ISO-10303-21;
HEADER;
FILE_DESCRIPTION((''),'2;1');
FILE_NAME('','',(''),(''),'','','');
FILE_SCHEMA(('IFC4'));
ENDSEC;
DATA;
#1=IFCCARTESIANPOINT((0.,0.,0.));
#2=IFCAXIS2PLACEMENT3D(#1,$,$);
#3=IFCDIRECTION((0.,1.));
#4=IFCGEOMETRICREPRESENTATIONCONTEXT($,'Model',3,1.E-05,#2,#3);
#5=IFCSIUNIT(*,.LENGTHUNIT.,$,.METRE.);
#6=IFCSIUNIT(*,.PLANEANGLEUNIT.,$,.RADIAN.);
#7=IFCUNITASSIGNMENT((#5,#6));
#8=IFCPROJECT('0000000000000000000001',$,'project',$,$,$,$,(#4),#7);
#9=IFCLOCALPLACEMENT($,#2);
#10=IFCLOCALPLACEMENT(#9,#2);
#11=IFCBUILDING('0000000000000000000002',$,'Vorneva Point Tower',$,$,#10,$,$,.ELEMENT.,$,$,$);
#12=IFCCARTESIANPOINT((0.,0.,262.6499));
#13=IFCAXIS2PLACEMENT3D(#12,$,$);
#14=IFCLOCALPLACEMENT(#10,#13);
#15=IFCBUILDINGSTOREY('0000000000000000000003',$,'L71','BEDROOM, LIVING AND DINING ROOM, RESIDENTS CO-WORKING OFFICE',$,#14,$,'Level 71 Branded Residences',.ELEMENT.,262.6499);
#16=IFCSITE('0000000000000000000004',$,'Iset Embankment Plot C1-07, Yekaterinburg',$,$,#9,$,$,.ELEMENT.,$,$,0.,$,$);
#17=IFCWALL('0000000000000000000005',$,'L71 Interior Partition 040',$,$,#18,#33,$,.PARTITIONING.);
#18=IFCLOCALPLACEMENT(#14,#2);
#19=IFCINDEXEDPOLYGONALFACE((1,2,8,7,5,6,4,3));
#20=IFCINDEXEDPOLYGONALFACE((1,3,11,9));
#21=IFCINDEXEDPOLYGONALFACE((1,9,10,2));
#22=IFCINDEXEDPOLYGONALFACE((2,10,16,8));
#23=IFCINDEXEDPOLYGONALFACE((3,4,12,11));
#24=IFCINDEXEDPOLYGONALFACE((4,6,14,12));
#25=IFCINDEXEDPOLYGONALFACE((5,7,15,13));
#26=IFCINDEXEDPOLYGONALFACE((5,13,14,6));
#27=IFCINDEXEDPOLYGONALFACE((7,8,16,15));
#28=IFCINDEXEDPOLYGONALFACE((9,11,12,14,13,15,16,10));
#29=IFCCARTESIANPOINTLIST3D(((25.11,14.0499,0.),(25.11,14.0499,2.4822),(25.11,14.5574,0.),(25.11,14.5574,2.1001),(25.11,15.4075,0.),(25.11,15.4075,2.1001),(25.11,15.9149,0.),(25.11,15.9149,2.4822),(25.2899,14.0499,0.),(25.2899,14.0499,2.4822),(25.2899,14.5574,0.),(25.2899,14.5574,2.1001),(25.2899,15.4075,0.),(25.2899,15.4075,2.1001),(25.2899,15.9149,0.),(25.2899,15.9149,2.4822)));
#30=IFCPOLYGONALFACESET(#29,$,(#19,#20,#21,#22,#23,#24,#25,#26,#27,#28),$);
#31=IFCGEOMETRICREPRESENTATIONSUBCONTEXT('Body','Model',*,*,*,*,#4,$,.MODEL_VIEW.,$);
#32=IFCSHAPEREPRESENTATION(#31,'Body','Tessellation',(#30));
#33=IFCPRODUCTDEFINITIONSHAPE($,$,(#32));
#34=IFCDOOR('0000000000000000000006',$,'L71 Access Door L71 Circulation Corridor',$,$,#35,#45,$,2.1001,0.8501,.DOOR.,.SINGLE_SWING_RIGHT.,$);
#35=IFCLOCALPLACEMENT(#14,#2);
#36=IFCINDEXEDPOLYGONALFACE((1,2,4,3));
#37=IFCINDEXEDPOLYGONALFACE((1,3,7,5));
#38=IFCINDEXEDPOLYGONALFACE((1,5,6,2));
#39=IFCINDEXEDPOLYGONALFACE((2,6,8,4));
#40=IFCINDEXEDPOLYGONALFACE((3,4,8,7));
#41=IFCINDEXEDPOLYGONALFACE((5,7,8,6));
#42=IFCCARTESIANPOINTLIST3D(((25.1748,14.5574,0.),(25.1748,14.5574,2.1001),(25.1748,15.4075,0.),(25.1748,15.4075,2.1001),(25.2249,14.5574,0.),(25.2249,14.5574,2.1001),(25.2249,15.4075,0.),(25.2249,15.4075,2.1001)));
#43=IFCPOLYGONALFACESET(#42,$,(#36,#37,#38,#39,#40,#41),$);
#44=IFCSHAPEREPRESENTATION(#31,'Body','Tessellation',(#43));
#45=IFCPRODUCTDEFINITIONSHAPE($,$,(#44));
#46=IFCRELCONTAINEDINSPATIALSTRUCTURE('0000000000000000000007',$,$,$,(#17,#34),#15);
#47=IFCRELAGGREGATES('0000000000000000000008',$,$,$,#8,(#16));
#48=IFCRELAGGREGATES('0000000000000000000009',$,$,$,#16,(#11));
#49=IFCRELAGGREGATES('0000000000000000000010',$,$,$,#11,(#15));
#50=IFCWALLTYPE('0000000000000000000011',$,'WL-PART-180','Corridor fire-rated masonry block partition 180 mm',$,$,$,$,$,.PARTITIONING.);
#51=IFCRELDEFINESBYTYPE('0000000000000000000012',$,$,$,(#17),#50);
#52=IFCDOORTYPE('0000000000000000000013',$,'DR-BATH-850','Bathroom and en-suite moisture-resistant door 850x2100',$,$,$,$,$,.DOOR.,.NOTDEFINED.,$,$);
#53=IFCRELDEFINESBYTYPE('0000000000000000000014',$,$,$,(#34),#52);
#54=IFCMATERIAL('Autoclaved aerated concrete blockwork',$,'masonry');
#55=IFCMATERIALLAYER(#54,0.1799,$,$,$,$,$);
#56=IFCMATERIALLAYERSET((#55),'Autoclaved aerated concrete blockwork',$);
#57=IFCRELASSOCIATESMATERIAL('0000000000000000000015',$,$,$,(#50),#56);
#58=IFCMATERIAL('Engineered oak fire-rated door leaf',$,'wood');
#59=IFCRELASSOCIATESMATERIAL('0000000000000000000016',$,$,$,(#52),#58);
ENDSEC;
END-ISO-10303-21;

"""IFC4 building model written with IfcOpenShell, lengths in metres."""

from ifc_helpers import new_model, si_unit, direction, frame, frame_2d, origin, place, context, subcontext, project, spatial, rectangle, extrude, material, layer, layer_set, type_object, element, fill, save


model = new_model("IFC4")

# Units and contexts
model_context = context("Model", 3, precision=1e-05, world=origin(), true_north=direction((0.0, 1.0)))
body_context = subcontext(model_context, "Body", "Model", "MODEL_VIEW")
ifc_project = project(units=[si_unit("LENGTHUNIT", "METRE"), si_unit("PLANEANGLEUNIT", "RADIAN")], contexts=[model_context])

# Site, building, storey
site_placement = place(None, origin())
site = spatial("IfcSite", under=ifc_project, at=site_placement, Name="Iset Embankment Plot C1-07, Yekaterinburg", CompositionType="ELEMENT", RefElevation=0.0)
building_placement = place(site_placement, origin())
building = spatial("IfcBuilding", under=site, at=building_placement, Name="Vorneva Point Tower", CompositionType="ELEMENT")
storey_placement = place(building_placement, frame((0.0, 0.0, 262.6499)))
storey = spatial("IfcBuildingStorey", under=building, at=storey_placement, Name="L71", Description="BEDROOM, LIVING AND DINING ROOM, RESIDENTS CO-WORKING OFFICE", LongName="Level 71 Branded Residences", CompositionType="ELEMENT", Elevation=262.6499)

# Shared definitions
ifc_material_1 = material(Name="Engineered oak fire-rated door leaf", Category="wood")

# Shared definitions
ifc_material_2 = material(Name="Autoclaved aerated concrete blockwork", Category="masonry")
ifc_layer_1 = layer(ifc_material_2, 0.1799)
ifc_layer_set_1 = layer_set([ifc_layer_1], Name="Autoclaved aerated concrete blockwork")
wall_type_1 = type_object("IfcWallType", Name="WL-PART-180", Description="Corridor fire-rated masonry block partition 180 mm", PredefinedType="PARTITIONING", material=ifc_layer_set_1)

# Wall, opening, door
door_type_1 = type_object("IfcDoorType", Name="DR-BATH-850", Description="Bathroom and en-suite moisture-resistant door 850x2100", OperationType="NOTDEFINED", PredefinedType="DOOR", material=ifc_material_1)
wall_1_placement = place(storey_placement, frame((25.2, 15.915, 0.0), z_axis=(0.0, 0.0, 1.0), x_axis=(0.0, -1.0, 0.0)))
wall_1 = element("IfcWall", 1, at=wall_1_placement, inside=storey, type_object=wall_type_1, Name="L71 Interior Partition 040", PredefinedType="PARTITIONING", context=body_context, shape_type="SweptSolid", body=[
    extrude(rectangle(XDim=1.865, YDim=0.1799, at=frame_2d((0.9326, 0.0))), origin(), (0.0, 0.0, 1.0), 2.4822),
])
opening_1_placement = place(wall_1_placement, frame((0.5076, 0.0, 0.0)))
opening_1 = element("IfcOpeningElement", 2, at=opening_1_placement, cuts=wall_1, PredefinedType="OPENING", context=body_context, shape_type="SweptSolid", body=[
    extrude(rectangle(XDim=0.8501, YDim=2.1001, at=frame_2d((0.425, 1.05))), frame((0.0, 0.105, 0.0), z_axis=(0.0, -1.0, 0.0), x_axis=(1.0, 0.0, 0.0)), (0.0, 0.0, 1.0), 0.2097),
])
door_1_placement = place(opening_1_placement, origin())
door_1 = element("IfcDoor", 3, at=door_1_placement, inside=storey, type_object=door_type_1, Name="L71 Access Door L71 Circulation Corridor", OperationType="SINGLE_SWING_RIGHT", OverallHeight=2.1001, OverallWidth=0.8501, PredefinedType="DOOR", context=body_context, shape_type="SweptSolid", body=[
    extrude(rectangle(XDim=0.8501, YDim=2.1001, at=frame_2d((0.425, 1.05))), frame((0.0, 0.0249, 0.0), z_axis=(0.0, -1.0, 0.0), x_axis=(1.0, 0.0, 0.0)), (0.0, 0.0, 1.0), 0.05),
])
fill(opening_1, door_1)

save(model, "model.ifc")
